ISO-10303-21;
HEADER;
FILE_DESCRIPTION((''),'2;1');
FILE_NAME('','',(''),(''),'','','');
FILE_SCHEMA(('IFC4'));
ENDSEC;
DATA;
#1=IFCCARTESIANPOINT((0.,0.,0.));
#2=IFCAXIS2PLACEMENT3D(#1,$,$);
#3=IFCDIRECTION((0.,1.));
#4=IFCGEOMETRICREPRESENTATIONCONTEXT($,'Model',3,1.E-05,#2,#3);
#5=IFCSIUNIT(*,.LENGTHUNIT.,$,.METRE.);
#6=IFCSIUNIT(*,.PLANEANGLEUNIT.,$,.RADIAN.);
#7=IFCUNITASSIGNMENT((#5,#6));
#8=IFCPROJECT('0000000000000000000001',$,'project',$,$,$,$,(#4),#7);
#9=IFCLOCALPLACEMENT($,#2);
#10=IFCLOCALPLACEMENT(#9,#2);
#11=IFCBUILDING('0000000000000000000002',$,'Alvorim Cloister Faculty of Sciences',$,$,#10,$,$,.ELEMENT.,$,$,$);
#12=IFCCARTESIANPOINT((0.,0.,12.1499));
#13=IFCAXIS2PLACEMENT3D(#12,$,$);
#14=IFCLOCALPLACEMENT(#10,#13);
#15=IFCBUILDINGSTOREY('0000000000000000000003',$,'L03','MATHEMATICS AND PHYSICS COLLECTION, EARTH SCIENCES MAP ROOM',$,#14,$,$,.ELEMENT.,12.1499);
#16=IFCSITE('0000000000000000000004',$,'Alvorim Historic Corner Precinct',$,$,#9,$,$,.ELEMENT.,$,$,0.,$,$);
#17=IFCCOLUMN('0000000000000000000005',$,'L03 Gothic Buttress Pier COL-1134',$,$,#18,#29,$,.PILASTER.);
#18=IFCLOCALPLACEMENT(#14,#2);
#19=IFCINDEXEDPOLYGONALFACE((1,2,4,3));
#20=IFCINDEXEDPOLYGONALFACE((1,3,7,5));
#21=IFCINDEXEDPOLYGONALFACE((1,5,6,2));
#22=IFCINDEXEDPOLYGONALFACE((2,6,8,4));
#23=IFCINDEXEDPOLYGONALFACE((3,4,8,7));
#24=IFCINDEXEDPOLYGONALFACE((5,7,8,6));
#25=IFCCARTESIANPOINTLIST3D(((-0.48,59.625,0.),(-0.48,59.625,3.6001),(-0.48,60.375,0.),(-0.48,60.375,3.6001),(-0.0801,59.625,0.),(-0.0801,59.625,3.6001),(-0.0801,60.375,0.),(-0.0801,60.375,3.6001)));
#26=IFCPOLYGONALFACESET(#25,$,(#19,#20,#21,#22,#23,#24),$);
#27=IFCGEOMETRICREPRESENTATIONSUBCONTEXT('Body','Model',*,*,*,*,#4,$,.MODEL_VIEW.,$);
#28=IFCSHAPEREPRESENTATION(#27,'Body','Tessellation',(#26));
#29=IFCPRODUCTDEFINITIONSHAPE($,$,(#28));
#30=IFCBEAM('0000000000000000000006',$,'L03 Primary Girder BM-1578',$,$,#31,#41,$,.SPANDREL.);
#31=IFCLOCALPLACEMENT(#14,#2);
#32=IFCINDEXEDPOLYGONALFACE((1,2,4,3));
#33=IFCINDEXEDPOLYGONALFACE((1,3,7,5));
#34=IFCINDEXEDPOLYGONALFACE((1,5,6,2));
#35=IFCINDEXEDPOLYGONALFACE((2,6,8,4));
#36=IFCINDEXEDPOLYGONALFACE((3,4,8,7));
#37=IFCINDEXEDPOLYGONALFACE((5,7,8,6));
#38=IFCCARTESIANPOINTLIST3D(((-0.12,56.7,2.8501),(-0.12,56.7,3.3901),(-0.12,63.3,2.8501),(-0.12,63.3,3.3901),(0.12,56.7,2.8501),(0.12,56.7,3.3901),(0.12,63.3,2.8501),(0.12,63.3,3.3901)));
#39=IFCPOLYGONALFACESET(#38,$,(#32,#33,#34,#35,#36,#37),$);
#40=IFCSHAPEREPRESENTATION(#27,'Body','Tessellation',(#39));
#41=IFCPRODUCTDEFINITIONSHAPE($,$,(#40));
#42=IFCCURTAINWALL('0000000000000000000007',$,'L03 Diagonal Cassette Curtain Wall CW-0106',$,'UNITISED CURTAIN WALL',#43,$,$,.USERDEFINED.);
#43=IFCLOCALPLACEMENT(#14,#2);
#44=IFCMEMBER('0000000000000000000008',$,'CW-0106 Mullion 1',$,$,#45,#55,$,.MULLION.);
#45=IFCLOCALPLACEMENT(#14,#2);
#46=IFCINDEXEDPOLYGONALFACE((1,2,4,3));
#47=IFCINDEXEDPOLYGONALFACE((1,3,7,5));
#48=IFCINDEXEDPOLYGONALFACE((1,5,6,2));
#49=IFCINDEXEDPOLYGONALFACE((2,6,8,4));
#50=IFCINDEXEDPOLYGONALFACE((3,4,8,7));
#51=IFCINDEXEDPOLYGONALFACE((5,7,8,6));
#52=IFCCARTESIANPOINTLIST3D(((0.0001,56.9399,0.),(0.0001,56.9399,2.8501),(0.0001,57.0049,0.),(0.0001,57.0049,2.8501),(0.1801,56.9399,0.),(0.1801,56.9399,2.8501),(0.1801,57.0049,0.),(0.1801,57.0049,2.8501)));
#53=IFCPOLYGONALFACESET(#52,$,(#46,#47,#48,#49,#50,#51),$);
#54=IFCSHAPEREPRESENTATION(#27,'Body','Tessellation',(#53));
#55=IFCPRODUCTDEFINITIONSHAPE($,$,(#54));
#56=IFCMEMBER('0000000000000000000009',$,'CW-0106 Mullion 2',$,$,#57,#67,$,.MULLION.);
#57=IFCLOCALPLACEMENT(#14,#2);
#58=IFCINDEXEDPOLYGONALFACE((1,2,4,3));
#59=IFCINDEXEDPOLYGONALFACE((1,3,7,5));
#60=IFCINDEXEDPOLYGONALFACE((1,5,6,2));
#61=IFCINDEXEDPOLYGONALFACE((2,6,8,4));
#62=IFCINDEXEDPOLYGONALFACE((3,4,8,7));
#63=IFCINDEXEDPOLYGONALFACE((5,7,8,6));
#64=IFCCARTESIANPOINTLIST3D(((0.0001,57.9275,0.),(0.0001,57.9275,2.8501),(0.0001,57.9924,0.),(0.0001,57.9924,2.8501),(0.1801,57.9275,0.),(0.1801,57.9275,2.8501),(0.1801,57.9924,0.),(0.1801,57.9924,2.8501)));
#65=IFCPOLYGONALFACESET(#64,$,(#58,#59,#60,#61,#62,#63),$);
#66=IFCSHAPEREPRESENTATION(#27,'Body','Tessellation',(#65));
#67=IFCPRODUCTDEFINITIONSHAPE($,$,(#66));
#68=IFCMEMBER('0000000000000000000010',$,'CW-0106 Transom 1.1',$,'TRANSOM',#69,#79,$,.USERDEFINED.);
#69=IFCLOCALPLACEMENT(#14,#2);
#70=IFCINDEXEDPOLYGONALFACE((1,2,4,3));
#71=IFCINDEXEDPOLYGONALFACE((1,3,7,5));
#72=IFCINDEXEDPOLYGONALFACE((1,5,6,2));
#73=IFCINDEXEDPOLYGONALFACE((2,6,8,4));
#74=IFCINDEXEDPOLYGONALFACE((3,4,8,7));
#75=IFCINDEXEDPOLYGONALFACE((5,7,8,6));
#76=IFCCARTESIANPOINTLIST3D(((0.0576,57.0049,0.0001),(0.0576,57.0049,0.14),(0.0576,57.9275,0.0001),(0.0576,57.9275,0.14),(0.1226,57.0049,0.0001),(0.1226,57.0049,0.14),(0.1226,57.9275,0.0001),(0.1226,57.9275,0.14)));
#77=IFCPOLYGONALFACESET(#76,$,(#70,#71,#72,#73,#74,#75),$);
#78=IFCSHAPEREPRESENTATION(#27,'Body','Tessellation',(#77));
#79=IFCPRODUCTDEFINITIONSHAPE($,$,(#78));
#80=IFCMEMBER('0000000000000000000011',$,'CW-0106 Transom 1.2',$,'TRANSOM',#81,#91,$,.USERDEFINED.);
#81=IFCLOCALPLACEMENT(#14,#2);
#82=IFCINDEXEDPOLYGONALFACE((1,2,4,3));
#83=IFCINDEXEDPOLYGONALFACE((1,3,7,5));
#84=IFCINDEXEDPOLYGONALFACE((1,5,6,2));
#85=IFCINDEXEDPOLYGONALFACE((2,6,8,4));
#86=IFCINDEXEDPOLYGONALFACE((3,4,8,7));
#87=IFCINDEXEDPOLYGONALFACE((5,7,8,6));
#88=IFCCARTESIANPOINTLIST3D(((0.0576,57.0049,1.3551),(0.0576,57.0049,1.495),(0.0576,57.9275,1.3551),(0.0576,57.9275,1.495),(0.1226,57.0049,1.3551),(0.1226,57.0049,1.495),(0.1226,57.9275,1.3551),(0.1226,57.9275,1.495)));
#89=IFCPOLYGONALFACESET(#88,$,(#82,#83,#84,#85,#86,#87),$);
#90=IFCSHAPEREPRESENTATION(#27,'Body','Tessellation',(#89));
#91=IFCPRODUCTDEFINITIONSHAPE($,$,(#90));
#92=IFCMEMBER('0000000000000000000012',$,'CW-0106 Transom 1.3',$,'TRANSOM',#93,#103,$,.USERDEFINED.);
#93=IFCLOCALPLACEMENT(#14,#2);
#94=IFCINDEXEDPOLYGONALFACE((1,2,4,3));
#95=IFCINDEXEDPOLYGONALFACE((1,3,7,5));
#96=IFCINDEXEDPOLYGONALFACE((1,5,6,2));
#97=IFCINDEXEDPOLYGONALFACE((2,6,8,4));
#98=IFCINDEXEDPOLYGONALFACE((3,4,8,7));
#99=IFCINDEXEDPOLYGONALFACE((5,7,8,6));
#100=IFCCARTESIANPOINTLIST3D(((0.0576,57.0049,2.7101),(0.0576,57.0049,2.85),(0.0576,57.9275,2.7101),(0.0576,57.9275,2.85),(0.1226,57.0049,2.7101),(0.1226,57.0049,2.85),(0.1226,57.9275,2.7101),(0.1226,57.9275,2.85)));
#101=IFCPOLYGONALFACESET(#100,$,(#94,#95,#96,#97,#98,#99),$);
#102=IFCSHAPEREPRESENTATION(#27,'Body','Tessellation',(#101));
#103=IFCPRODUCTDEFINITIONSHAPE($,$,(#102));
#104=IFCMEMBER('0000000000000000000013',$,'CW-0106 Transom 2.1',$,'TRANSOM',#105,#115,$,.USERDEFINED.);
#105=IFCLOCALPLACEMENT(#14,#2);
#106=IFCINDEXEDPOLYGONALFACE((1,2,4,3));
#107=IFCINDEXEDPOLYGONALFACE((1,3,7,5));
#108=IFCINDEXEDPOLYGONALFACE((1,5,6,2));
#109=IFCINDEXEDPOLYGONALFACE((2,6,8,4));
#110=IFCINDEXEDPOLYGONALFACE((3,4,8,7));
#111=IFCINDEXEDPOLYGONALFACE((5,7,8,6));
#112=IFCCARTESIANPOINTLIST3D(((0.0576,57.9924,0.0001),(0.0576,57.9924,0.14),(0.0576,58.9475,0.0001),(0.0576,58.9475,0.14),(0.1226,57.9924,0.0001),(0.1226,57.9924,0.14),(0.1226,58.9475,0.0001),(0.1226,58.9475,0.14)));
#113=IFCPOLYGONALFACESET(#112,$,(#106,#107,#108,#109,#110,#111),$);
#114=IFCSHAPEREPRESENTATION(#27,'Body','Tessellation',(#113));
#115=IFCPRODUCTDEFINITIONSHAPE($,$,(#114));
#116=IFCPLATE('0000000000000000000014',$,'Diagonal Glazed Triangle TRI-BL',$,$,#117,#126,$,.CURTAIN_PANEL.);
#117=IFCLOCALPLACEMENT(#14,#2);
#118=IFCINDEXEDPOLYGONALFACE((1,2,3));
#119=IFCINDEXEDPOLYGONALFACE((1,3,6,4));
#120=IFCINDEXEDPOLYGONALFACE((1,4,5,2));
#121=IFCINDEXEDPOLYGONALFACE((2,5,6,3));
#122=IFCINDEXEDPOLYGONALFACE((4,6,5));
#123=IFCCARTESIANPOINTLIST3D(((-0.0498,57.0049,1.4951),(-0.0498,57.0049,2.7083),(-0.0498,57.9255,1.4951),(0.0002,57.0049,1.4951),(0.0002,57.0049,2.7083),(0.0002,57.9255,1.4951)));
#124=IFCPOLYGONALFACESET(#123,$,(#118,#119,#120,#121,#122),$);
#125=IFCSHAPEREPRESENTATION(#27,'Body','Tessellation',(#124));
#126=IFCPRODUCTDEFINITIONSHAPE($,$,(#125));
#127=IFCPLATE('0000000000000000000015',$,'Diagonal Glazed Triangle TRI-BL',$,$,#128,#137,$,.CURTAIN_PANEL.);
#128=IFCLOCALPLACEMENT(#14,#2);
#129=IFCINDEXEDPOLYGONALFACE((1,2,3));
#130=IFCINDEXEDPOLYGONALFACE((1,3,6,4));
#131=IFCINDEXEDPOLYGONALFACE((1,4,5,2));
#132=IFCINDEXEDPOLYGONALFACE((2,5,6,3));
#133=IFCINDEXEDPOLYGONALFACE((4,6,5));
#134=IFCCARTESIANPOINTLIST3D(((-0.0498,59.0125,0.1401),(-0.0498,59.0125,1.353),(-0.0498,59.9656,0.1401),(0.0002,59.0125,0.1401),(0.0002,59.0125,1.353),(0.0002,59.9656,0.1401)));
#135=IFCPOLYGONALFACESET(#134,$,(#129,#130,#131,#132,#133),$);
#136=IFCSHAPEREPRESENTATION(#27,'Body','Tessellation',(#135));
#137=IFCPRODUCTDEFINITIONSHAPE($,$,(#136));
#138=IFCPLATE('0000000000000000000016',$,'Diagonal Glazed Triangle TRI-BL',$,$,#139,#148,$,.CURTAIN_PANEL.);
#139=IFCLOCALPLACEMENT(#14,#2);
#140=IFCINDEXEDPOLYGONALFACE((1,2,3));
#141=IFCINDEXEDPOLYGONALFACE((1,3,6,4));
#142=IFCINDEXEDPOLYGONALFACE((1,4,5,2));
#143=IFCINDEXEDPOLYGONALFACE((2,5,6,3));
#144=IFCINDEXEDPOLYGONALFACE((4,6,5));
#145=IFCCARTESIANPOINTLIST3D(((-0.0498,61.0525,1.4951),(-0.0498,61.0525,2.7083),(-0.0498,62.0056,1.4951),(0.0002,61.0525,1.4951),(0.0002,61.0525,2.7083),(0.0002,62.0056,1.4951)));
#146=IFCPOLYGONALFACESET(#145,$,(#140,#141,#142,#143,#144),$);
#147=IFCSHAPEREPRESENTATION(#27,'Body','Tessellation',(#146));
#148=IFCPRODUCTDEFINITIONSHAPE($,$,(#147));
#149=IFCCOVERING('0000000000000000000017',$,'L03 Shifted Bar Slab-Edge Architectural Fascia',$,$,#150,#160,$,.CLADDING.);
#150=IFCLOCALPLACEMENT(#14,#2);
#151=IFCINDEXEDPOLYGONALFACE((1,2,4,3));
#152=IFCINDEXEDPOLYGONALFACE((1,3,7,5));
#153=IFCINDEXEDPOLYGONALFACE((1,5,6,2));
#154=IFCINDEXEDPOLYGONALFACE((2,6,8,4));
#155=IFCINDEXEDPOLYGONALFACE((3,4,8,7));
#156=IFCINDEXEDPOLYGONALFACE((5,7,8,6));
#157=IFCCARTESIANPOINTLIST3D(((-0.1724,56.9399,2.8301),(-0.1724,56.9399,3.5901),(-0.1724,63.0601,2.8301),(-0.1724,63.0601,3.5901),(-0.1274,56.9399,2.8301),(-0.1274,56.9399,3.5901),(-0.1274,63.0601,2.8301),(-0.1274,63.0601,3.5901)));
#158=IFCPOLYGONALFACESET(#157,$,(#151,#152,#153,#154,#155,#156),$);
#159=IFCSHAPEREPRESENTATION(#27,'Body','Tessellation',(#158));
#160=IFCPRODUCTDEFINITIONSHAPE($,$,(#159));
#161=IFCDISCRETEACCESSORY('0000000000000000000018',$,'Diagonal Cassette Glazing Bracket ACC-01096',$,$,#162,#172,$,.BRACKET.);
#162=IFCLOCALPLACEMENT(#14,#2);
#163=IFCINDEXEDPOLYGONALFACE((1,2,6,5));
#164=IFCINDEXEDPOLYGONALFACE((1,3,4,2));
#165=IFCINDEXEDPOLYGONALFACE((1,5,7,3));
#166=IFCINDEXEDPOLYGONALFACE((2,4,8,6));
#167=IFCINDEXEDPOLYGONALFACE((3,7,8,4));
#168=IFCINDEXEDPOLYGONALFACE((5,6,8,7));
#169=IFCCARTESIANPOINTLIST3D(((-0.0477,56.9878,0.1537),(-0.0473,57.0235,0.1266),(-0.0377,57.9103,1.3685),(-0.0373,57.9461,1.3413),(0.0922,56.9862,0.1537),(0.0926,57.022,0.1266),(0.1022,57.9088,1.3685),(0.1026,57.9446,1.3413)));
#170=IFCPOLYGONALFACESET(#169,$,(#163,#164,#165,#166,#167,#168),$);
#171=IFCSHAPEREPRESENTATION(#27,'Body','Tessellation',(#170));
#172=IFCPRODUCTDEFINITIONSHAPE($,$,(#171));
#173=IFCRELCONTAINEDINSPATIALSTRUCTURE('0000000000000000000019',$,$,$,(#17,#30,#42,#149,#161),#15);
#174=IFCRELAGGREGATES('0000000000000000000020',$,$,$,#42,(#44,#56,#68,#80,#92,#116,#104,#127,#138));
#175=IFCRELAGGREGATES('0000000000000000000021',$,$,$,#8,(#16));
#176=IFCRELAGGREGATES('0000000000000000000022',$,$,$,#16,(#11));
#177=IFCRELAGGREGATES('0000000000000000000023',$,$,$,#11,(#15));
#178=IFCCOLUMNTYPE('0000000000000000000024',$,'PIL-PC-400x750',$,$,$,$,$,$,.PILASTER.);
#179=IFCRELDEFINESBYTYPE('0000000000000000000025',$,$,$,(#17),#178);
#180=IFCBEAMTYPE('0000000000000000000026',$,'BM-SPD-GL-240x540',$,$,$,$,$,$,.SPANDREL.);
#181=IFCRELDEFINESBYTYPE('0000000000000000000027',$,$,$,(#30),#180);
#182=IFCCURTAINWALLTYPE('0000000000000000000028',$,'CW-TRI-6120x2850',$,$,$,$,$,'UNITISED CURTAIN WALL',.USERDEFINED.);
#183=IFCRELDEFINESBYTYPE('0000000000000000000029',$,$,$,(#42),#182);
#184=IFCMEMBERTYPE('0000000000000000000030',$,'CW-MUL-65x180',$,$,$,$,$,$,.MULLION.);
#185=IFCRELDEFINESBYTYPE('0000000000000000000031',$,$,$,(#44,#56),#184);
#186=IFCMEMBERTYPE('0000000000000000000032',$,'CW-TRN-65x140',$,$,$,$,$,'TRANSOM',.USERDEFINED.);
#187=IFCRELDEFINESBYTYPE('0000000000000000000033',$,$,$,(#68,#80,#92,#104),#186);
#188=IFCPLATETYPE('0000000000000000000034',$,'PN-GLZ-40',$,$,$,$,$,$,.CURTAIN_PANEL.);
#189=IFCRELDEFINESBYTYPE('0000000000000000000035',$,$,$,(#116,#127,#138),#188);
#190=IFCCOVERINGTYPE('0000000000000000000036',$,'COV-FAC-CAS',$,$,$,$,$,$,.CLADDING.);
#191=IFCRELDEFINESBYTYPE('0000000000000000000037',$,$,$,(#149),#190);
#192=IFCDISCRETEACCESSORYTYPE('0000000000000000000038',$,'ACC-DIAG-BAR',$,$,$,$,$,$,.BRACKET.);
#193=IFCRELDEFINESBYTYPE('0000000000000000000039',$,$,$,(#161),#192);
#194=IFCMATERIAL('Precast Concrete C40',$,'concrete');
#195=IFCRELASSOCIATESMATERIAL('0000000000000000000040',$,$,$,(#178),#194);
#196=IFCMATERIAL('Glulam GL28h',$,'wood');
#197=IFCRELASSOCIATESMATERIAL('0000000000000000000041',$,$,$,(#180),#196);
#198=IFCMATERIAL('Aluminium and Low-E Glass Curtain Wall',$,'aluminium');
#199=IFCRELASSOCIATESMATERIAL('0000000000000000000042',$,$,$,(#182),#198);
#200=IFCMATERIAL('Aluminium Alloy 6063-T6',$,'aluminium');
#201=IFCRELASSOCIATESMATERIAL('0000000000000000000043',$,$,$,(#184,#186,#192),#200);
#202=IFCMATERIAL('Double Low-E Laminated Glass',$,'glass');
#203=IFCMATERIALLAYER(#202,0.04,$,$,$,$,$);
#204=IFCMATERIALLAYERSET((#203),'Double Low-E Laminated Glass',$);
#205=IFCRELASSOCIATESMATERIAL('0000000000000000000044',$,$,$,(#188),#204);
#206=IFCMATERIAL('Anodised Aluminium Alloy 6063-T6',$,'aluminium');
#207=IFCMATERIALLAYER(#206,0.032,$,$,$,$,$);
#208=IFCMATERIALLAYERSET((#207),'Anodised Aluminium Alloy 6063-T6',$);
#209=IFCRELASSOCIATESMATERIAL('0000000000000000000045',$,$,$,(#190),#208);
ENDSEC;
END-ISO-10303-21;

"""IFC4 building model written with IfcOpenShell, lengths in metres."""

from ifc_helpers import new_model, si_unit, direction, frame, origin, origin_2d, place, context, subcontext, project, spatial, polyline, rectangle, outline, extrude, material, layer, layer_set, material_profile, profile_set, type_object, element, aggregate, save


model = new_model("IFC4")

# Units and contexts
model_context = context("Model", 3, precision=1e-05, world=origin(), true_north=direction((0.0, 1.0)))
body_context = subcontext(model_context, "Body", "Model", "MODEL_VIEW")
ifc_project = project(units=[si_unit("LENGTHUNIT", "METRE"), si_unit("PLANEANGLEUNIT", "RADIAN")], contexts=[model_context])

# Site, building, storey
site_placement = place(None, origin())
site = spatial("IfcSite", under=ifc_project, at=site_placement, Name="Alvorim Historic Corner Precinct", CompositionType="ELEMENT", RefElevation=0.0)
building_placement = place(site_placement, origin())
building = spatial("IfcBuilding", under=site, at=building_placement, Name="Alvorim Cloister Faculty of Sciences", CompositionType="ELEMENT")
storey_placement = place(building_placement, frame((0.0, 0.0, 12.1499)))
storey = spatial("IfcBuildingStorey", under=building, at=storey_placement, Name="L03", Description="MATHEMATICS AND PHYSICS COLLECTION, EARTH SCIENCES MAP ROOM", CompositionType="ELEMENT", Elevation=12.1499)

# Column
ifc_material_1 = material(Name="Precast Concrete C40", Category="concrete")
ifc_material_profile_1 = material_profile(ifc_material_1, rectangle(XDim=0.3999, YDim=0.75, at=origin_2d()), Name="RC40-PIL-400x750")
ifc_profile_set_1 = profile_set([ifc_material_profile_1], Name="Precast Concrete C40")
column_type = type_object("IfcColumnType", Name="PIL-PC-400x750", PredefinedType="PILASTER", material=ifc_profile_set_1)
column_placement = place(storey_placement, frame((-0.28, 60.0, 0.0), z_axis=(0.0, 0.0, 1.0), x_axis=(1.0, 0.0, 0.0)))
element("IfcColumn", 1, at=column_placement, inside=storey, type_object=column_type, Name="L03 Gothic Buttress Pier COL-1134", PredefinedType="PILASTER", context=body_context, shape_type="SweptSolid", body=[
    extrude(rectangle(XDim=0.3999, YDim=0.75, at=origin_2d()), origin(), (0.0, 0.0, 1.0), 3.6001),
])

# Beam
ifc_material_2 = material(Name="Glulam GL28h", Category="wood")
ifc_material_profile_2 = material_profile(ifc_material_2, rectangle(XDim=0.24, YDim=0.54, at=origin_2d()), Name="GL28-SPD-240x540")
ifc_profile_set_2 = profile_set([ifc_material_profile_2], Name="Glulam GL28h")
beam_type = type_object("IfcBeamType", Name="BM-SPD-GL-240x540", PredefinedType="SPANDREL", material=ifc_profile_set_2)
beam_placement = place(storey_placement, frame((0.0, 56.7, 3.1201), z_axis=(0.0, 1.0, 0.0), x_axis=(-1.0, 0.0, 0.0)))
element("IfcBeam", 2, at=beam_placement, inside=storey, type_object=beam_type, Name="L03 Primary Girder BM-1578", PredefinedType="SPANDREL", context=body_context, shape_type="SweptSolid", body=[
    extrude(rectangle(XDim=0.24, YDim=0.54, at=origin_2d()), origin(), (0.0, 0.0, 1.0), 6.6001),
])

# Curtain wall, members, plates
ifc_material_3 = material(Name="Aluminium and Low-E Glass Curtain Wall", Category="aluminium")
curtain_wall_type = type_object("IfcCurtainWallType", Name="CW-TRI-6120x2850", ElementType="UNITISED CURTAIN WALL", PredefinedType="USERDEFINED", material=ifc_material_3)
curtain_wall_placement = place(storey_placement, origin())
curtain_wall = element("IfcCurtainWall", 3, at=curtain_wall_placement, inside=storey, type_object=curtain_wall_type, Name="L03 Diagonal Cassette Curtain Wall CW-0106", ObjectType="UNITISED CURTAIN WALL", PredefinedType="USERDEFINED")
ifc_material_4 = material(Name="Aluminium Alloy 6063-T6", Category="aluminium")
ifc_material_profile_3 = material_profile(ifc_material_4, rectangle(XDim=0.0649, YDim=0.1799, at=origin_2d()), Name="ALU-MUL-65x180")
ifc_profile_set_3 = profile_set([ifc_material_profile_3], Name="Aluminium Alloy 6063-T6")
member_type_1 = type_object("IfcMemberType", Name="CW-MUL-65x180", PredefinedType="MULLION", material=ifc_profile_set_3)
member_1_placement = place(storey_placement, frame((0.0901, 56.9724, 0.0), z_axis=(0.0, 0.0, 1.0), x_axis=(0.0, 1.0, 0.0)))
member_1 = element("IfcMember", 4, at=member_1_placement, type_object=member_type_1, Name="CW-0106 Mullion 1", PredefinedType="MULLION", context=body_context, shape_type="SweptSolid", body=[
    extrude(rectangle(XDim=0.0649, YDim=0.1799, at=origin_2d()), origin(), (0.0, 0.0, 1.0), 2.8501),
])
member_2_placement = place(storey_placement, frame((0.0901, 57.96, 0.0), z_axis=(0.0, 0.0, 1.0), x_axis=(0.0, 1.0, 0.0)))
member_2 = element("IfcMember", 5, at=member_2_placement, type_object=member_type_1, Name="CW-0106 Mullion 2", PredefinedType="MULLION", context=body_context, shape_type="SweptSolid", body=[
    extrude(rectangle(XDim=0.0649, YDim=0.1799, at=origin_2d()), origin(), (0.0, 0.0, 1.0), 2.8501),
])
ifc_material_profile_4 = material_profile(ifc_material_4, rectangle(XDim=0.0649, YDim=0.1399, at=origin_2d()), Name="ALU-TRN-65x140")
ifc_profile_set_4 = profile_set([ifc_material_profile_4], Name="Aluminium Alloy 6063-T6")
member_type_2 = type_object("IfcMemberType", Name="CW-TRN-65x140", ElementType="TRANSOM", PredefinedType="USERDEFINED", material=ifc_profile_set_4)
member_3_placement = place(storey_placement, frame((0.0901, 57.0049, 0.0701), z_axis=(0.0, 1.0, 0.0), x_axis=(-1.0, 0.0, 0.0)))
member_3 = element("IfcMember", 6, at=member_3_placement, type_object=member_type_2, Name="CW-0106 Transom 1.1", ObjectType="TRANSOM", PredefinedType="USERDEFINED", context=body_context, shape_type="SweptSolid", body=[
    extrude(rectangle(XDim=0.0649, YDim=0.1399, at=origin_2d()), origin(), (0.0, 0.0, 1.0), 0.9226),
])
member_4_placement = place(storey_placement, frame((0.0901, 57.0049, 1.425), z_axis=(0.0, 1.0, 0.0), x_axis=(-1.0, 0.0, 0.0)))
member_4 = element("IfcMember", 7, at=member_4_placement, type_object=member_type_2, Name="CW-0106 Transom 1.2", ObjectType="TRANSOM", PredefinedType="USERDEFINED", context=body_context, shape_type="SweptSolid", body=[
    extrude(rectangle(XDim=0.0649, YDim=0.1399, at=origin_2d()), origin(), (0.0, 0.0, 1.0), 0.9226),
])
member_5_placement = place(storey_placement, frame((0.0901, 57.0049, 2.78), z_axis=(0.0, 1.0, 0.0), x_axis=(-1.0, 0.0, 0.0)))
member_5 = element("IfcMember", 8, at=member_5_placement, type_object=member_type_2, Name="CW-0106 Transom 1.3", ObjectType="TRANSOM", PredefinedType="USERDEFINED", context=body_context, shape_type="SweptSolid", body=[
    extrude(rectangle(XDim=0.0649, YDim=0.1399, at=origin_2d()), origin(), (0.0, 0.0, 1.0), 0.9226),
])
member_6_placement = place(storey_placement, frame((0.0901, 57.9924, 0.0701), z_axis=(0.0, 1.0, 0.0), x_axis=(-1.0, 0.0, 0.0)))
member_6 = element("IfcMember", 9, at=member_6_placement, type_object=member_type_2, Name="CW-0106 Transom 2.1", ObjectType="TRANSOM", PredefinedType="USERDEFINED", context=body_context, shape_type="SweptSolid", body=[
    extrude(rectangle(XDim=0.0649, YDim=0.1399, at=origin_2d()), origin(), (0.0, 0.0, 1.0), 0.9551),
])
ifc_material_5 = material(Name="Double Low-E Laminated Glass", Category="glass")
ifc_layer_1 = layer(ifc_material_5, 0.04)
ifc_layer_set_1 = layer_set([ifc_layer_1], Name="Double Low-E Laminated Glass")
plate_type = type_object("IfcPlateType", Name="PN-GLZ-40", PredefinedType="CURTAIN_PANEL", material=ifc_layer_set_1)
plate_1_placement = place(storey_placement, frame((-0.0249, 57.0049, 1.4951), z_axis=(0.0, 0.0, 1.0), x_axis=(0.0, 1.0, 0.0)))
plate_1 = element("IfcPlate", 10, at=plate_1_placement, type_object=plate_type, Name="Diagonal Glazed Triangle TRI-BL", PredefinedType="CURTAIN_PANEL", context=body_context, shape_type="SweptSolid", body=[
    extrude(outline(polyline([(0.0, 0.0), (0.9207, 0.0), (0.0, 1.2131), (0.0, 0.0)])), frame((0.0, 0.0249, 0.0), z_axis=(0.0, -1.0, 0.0), x_axis=(1.0, 0.0, 0.0)), (0.0, 0.0, 1.0), 0.05),
])
plate_2_placement = place(storey_placement, frame((-0.0249, 59.0125, 0.1401), z_axis=(0.0, 0.0, 1.0), x_axis=(0.0, 1.0, 0.0)))
plate_2 = element("IfcPlate", 11, at=plate_2_placement, type_object=plate_type, Name="Diagonal Glazed Triangle TRI-BL", PredefinedType="CURTAIN_PANEL", context=body_context, shape_type="SweptSolid", body=[
    extrude(outline(polyline([(0.0, 0.0), (0.9531, 0.0), (0.0, 1.2129), (0.0, 0.0)])), frame((0.0, 0.0249, 0.0), z_axis=(0.0, -1.0, 0.0), x_axis=(1.0, 0.0, 0.0)), (0.0, 0.0, 1.0), 0.05),
])
plate_3_placement = place(storey_placement, frame((-0.0249, 61.0525, 1.4951), z_axis=(0.0, 0.0, 1.0), x_axis=(0.0, 1.0, 0.0)))
plate_3 = element("IfcPlate", 12, at=plate_3_placement, type_object=plate_type, Name="Diagonal Glazed Triangle TRI-BL", PredefinedType="CURTAIN_PANEL", context=body_context, shape_type="SweptSolid", body=[
    extrude(outline(polyline([(0.0, 0.0), (0.9531, 0.0), (0.0, 1.2131), (0.0, 0.0)])), frame((0.0, 0.0249, 0.0), z_axis=(0.0, -1.0, 0.0), x_axis=(1.0, 0.0, 0.0)), (0.0, 0.0, 1.0), 0.05),
])
aggregate(curtain_wall, [member_1, member_2, member_3, member_4, member_5, plate_1, member_6, plate_2, plate_3])

# Covering
ifc_material_6 = material(Name="Anodised Aluminium Alloy 6063-T6", Category="aluminium")
ifc_layer_2 = layer(ifc_material_6, 0.032)
ifc_layer_set_2 = layer_set([ifc_layer_2], Name="Anodised Aluminium Alloy 6063-T6")
covering_type = type_object("IfcCoveringType", Name="COV-FAC-CAS", PredefinedType="CLADDING", material=ifc_layer_set_2)
covering_placement = place(storey_placement, frame((-0.1499, 56.9399, 2.8301), z_axis=(0.0, 0.0, 1.0), x_axis=(0.0, 1.0, 0.0)))
element("IfcCovering", 13, at=covering_placement, inside=storey, type_object=covering_type, Name="L03 Shifted Bar Slab-Edge Architectural Fascia", PredefinedType="CLADDING", context=body_context, shape_type="SweptSolid", body=[
    extrude(outline(polyline([(0.0, 0.0), (6.1201, 0.0), (6.1201, 0.76), (0.0, 0.76), (0.0, 0.0)])), frame((0.0, 0.0225, 0.0), z_axis=(0.0, -1.0, 0.0), x_axis=(1.0, 0.0, 0.0)), (0.0, 0.0, 1.0), 0.0449),
])

# Discrete accessory
discrete_accessory_type = type_object("IfcDiscreteAccessoryType", Name="ACC-DIAG-BAR", PredefinedType="BRACKET", material=ifc_material_4)
discrete_accessory_1_placement = place(storey_placement, frame((0.0225, 57.0049, 0.1401), z_axis=(0.006562, 0.60479, 0.796358), x_axis=(-0.999941, 0.010849, 0.0)))
element("IfcDiscreteAccessory", 14, at=discrete_accessory_1_placement, inside=storey, type_object=discrete_accessory_type, Name="Diagonal Cassette Glazing Bracket ACC-01096", PredefinedType="BRACKET", context=body_context, shape_type="SweptSolid", body=[
    extrude(rectangle(XDim=0.1399, YDim=0.0449, at=origin_2d()), origin(), (0.0, 0.0, 1.0), 1.5254),
])

save(model, "model.ifc")
